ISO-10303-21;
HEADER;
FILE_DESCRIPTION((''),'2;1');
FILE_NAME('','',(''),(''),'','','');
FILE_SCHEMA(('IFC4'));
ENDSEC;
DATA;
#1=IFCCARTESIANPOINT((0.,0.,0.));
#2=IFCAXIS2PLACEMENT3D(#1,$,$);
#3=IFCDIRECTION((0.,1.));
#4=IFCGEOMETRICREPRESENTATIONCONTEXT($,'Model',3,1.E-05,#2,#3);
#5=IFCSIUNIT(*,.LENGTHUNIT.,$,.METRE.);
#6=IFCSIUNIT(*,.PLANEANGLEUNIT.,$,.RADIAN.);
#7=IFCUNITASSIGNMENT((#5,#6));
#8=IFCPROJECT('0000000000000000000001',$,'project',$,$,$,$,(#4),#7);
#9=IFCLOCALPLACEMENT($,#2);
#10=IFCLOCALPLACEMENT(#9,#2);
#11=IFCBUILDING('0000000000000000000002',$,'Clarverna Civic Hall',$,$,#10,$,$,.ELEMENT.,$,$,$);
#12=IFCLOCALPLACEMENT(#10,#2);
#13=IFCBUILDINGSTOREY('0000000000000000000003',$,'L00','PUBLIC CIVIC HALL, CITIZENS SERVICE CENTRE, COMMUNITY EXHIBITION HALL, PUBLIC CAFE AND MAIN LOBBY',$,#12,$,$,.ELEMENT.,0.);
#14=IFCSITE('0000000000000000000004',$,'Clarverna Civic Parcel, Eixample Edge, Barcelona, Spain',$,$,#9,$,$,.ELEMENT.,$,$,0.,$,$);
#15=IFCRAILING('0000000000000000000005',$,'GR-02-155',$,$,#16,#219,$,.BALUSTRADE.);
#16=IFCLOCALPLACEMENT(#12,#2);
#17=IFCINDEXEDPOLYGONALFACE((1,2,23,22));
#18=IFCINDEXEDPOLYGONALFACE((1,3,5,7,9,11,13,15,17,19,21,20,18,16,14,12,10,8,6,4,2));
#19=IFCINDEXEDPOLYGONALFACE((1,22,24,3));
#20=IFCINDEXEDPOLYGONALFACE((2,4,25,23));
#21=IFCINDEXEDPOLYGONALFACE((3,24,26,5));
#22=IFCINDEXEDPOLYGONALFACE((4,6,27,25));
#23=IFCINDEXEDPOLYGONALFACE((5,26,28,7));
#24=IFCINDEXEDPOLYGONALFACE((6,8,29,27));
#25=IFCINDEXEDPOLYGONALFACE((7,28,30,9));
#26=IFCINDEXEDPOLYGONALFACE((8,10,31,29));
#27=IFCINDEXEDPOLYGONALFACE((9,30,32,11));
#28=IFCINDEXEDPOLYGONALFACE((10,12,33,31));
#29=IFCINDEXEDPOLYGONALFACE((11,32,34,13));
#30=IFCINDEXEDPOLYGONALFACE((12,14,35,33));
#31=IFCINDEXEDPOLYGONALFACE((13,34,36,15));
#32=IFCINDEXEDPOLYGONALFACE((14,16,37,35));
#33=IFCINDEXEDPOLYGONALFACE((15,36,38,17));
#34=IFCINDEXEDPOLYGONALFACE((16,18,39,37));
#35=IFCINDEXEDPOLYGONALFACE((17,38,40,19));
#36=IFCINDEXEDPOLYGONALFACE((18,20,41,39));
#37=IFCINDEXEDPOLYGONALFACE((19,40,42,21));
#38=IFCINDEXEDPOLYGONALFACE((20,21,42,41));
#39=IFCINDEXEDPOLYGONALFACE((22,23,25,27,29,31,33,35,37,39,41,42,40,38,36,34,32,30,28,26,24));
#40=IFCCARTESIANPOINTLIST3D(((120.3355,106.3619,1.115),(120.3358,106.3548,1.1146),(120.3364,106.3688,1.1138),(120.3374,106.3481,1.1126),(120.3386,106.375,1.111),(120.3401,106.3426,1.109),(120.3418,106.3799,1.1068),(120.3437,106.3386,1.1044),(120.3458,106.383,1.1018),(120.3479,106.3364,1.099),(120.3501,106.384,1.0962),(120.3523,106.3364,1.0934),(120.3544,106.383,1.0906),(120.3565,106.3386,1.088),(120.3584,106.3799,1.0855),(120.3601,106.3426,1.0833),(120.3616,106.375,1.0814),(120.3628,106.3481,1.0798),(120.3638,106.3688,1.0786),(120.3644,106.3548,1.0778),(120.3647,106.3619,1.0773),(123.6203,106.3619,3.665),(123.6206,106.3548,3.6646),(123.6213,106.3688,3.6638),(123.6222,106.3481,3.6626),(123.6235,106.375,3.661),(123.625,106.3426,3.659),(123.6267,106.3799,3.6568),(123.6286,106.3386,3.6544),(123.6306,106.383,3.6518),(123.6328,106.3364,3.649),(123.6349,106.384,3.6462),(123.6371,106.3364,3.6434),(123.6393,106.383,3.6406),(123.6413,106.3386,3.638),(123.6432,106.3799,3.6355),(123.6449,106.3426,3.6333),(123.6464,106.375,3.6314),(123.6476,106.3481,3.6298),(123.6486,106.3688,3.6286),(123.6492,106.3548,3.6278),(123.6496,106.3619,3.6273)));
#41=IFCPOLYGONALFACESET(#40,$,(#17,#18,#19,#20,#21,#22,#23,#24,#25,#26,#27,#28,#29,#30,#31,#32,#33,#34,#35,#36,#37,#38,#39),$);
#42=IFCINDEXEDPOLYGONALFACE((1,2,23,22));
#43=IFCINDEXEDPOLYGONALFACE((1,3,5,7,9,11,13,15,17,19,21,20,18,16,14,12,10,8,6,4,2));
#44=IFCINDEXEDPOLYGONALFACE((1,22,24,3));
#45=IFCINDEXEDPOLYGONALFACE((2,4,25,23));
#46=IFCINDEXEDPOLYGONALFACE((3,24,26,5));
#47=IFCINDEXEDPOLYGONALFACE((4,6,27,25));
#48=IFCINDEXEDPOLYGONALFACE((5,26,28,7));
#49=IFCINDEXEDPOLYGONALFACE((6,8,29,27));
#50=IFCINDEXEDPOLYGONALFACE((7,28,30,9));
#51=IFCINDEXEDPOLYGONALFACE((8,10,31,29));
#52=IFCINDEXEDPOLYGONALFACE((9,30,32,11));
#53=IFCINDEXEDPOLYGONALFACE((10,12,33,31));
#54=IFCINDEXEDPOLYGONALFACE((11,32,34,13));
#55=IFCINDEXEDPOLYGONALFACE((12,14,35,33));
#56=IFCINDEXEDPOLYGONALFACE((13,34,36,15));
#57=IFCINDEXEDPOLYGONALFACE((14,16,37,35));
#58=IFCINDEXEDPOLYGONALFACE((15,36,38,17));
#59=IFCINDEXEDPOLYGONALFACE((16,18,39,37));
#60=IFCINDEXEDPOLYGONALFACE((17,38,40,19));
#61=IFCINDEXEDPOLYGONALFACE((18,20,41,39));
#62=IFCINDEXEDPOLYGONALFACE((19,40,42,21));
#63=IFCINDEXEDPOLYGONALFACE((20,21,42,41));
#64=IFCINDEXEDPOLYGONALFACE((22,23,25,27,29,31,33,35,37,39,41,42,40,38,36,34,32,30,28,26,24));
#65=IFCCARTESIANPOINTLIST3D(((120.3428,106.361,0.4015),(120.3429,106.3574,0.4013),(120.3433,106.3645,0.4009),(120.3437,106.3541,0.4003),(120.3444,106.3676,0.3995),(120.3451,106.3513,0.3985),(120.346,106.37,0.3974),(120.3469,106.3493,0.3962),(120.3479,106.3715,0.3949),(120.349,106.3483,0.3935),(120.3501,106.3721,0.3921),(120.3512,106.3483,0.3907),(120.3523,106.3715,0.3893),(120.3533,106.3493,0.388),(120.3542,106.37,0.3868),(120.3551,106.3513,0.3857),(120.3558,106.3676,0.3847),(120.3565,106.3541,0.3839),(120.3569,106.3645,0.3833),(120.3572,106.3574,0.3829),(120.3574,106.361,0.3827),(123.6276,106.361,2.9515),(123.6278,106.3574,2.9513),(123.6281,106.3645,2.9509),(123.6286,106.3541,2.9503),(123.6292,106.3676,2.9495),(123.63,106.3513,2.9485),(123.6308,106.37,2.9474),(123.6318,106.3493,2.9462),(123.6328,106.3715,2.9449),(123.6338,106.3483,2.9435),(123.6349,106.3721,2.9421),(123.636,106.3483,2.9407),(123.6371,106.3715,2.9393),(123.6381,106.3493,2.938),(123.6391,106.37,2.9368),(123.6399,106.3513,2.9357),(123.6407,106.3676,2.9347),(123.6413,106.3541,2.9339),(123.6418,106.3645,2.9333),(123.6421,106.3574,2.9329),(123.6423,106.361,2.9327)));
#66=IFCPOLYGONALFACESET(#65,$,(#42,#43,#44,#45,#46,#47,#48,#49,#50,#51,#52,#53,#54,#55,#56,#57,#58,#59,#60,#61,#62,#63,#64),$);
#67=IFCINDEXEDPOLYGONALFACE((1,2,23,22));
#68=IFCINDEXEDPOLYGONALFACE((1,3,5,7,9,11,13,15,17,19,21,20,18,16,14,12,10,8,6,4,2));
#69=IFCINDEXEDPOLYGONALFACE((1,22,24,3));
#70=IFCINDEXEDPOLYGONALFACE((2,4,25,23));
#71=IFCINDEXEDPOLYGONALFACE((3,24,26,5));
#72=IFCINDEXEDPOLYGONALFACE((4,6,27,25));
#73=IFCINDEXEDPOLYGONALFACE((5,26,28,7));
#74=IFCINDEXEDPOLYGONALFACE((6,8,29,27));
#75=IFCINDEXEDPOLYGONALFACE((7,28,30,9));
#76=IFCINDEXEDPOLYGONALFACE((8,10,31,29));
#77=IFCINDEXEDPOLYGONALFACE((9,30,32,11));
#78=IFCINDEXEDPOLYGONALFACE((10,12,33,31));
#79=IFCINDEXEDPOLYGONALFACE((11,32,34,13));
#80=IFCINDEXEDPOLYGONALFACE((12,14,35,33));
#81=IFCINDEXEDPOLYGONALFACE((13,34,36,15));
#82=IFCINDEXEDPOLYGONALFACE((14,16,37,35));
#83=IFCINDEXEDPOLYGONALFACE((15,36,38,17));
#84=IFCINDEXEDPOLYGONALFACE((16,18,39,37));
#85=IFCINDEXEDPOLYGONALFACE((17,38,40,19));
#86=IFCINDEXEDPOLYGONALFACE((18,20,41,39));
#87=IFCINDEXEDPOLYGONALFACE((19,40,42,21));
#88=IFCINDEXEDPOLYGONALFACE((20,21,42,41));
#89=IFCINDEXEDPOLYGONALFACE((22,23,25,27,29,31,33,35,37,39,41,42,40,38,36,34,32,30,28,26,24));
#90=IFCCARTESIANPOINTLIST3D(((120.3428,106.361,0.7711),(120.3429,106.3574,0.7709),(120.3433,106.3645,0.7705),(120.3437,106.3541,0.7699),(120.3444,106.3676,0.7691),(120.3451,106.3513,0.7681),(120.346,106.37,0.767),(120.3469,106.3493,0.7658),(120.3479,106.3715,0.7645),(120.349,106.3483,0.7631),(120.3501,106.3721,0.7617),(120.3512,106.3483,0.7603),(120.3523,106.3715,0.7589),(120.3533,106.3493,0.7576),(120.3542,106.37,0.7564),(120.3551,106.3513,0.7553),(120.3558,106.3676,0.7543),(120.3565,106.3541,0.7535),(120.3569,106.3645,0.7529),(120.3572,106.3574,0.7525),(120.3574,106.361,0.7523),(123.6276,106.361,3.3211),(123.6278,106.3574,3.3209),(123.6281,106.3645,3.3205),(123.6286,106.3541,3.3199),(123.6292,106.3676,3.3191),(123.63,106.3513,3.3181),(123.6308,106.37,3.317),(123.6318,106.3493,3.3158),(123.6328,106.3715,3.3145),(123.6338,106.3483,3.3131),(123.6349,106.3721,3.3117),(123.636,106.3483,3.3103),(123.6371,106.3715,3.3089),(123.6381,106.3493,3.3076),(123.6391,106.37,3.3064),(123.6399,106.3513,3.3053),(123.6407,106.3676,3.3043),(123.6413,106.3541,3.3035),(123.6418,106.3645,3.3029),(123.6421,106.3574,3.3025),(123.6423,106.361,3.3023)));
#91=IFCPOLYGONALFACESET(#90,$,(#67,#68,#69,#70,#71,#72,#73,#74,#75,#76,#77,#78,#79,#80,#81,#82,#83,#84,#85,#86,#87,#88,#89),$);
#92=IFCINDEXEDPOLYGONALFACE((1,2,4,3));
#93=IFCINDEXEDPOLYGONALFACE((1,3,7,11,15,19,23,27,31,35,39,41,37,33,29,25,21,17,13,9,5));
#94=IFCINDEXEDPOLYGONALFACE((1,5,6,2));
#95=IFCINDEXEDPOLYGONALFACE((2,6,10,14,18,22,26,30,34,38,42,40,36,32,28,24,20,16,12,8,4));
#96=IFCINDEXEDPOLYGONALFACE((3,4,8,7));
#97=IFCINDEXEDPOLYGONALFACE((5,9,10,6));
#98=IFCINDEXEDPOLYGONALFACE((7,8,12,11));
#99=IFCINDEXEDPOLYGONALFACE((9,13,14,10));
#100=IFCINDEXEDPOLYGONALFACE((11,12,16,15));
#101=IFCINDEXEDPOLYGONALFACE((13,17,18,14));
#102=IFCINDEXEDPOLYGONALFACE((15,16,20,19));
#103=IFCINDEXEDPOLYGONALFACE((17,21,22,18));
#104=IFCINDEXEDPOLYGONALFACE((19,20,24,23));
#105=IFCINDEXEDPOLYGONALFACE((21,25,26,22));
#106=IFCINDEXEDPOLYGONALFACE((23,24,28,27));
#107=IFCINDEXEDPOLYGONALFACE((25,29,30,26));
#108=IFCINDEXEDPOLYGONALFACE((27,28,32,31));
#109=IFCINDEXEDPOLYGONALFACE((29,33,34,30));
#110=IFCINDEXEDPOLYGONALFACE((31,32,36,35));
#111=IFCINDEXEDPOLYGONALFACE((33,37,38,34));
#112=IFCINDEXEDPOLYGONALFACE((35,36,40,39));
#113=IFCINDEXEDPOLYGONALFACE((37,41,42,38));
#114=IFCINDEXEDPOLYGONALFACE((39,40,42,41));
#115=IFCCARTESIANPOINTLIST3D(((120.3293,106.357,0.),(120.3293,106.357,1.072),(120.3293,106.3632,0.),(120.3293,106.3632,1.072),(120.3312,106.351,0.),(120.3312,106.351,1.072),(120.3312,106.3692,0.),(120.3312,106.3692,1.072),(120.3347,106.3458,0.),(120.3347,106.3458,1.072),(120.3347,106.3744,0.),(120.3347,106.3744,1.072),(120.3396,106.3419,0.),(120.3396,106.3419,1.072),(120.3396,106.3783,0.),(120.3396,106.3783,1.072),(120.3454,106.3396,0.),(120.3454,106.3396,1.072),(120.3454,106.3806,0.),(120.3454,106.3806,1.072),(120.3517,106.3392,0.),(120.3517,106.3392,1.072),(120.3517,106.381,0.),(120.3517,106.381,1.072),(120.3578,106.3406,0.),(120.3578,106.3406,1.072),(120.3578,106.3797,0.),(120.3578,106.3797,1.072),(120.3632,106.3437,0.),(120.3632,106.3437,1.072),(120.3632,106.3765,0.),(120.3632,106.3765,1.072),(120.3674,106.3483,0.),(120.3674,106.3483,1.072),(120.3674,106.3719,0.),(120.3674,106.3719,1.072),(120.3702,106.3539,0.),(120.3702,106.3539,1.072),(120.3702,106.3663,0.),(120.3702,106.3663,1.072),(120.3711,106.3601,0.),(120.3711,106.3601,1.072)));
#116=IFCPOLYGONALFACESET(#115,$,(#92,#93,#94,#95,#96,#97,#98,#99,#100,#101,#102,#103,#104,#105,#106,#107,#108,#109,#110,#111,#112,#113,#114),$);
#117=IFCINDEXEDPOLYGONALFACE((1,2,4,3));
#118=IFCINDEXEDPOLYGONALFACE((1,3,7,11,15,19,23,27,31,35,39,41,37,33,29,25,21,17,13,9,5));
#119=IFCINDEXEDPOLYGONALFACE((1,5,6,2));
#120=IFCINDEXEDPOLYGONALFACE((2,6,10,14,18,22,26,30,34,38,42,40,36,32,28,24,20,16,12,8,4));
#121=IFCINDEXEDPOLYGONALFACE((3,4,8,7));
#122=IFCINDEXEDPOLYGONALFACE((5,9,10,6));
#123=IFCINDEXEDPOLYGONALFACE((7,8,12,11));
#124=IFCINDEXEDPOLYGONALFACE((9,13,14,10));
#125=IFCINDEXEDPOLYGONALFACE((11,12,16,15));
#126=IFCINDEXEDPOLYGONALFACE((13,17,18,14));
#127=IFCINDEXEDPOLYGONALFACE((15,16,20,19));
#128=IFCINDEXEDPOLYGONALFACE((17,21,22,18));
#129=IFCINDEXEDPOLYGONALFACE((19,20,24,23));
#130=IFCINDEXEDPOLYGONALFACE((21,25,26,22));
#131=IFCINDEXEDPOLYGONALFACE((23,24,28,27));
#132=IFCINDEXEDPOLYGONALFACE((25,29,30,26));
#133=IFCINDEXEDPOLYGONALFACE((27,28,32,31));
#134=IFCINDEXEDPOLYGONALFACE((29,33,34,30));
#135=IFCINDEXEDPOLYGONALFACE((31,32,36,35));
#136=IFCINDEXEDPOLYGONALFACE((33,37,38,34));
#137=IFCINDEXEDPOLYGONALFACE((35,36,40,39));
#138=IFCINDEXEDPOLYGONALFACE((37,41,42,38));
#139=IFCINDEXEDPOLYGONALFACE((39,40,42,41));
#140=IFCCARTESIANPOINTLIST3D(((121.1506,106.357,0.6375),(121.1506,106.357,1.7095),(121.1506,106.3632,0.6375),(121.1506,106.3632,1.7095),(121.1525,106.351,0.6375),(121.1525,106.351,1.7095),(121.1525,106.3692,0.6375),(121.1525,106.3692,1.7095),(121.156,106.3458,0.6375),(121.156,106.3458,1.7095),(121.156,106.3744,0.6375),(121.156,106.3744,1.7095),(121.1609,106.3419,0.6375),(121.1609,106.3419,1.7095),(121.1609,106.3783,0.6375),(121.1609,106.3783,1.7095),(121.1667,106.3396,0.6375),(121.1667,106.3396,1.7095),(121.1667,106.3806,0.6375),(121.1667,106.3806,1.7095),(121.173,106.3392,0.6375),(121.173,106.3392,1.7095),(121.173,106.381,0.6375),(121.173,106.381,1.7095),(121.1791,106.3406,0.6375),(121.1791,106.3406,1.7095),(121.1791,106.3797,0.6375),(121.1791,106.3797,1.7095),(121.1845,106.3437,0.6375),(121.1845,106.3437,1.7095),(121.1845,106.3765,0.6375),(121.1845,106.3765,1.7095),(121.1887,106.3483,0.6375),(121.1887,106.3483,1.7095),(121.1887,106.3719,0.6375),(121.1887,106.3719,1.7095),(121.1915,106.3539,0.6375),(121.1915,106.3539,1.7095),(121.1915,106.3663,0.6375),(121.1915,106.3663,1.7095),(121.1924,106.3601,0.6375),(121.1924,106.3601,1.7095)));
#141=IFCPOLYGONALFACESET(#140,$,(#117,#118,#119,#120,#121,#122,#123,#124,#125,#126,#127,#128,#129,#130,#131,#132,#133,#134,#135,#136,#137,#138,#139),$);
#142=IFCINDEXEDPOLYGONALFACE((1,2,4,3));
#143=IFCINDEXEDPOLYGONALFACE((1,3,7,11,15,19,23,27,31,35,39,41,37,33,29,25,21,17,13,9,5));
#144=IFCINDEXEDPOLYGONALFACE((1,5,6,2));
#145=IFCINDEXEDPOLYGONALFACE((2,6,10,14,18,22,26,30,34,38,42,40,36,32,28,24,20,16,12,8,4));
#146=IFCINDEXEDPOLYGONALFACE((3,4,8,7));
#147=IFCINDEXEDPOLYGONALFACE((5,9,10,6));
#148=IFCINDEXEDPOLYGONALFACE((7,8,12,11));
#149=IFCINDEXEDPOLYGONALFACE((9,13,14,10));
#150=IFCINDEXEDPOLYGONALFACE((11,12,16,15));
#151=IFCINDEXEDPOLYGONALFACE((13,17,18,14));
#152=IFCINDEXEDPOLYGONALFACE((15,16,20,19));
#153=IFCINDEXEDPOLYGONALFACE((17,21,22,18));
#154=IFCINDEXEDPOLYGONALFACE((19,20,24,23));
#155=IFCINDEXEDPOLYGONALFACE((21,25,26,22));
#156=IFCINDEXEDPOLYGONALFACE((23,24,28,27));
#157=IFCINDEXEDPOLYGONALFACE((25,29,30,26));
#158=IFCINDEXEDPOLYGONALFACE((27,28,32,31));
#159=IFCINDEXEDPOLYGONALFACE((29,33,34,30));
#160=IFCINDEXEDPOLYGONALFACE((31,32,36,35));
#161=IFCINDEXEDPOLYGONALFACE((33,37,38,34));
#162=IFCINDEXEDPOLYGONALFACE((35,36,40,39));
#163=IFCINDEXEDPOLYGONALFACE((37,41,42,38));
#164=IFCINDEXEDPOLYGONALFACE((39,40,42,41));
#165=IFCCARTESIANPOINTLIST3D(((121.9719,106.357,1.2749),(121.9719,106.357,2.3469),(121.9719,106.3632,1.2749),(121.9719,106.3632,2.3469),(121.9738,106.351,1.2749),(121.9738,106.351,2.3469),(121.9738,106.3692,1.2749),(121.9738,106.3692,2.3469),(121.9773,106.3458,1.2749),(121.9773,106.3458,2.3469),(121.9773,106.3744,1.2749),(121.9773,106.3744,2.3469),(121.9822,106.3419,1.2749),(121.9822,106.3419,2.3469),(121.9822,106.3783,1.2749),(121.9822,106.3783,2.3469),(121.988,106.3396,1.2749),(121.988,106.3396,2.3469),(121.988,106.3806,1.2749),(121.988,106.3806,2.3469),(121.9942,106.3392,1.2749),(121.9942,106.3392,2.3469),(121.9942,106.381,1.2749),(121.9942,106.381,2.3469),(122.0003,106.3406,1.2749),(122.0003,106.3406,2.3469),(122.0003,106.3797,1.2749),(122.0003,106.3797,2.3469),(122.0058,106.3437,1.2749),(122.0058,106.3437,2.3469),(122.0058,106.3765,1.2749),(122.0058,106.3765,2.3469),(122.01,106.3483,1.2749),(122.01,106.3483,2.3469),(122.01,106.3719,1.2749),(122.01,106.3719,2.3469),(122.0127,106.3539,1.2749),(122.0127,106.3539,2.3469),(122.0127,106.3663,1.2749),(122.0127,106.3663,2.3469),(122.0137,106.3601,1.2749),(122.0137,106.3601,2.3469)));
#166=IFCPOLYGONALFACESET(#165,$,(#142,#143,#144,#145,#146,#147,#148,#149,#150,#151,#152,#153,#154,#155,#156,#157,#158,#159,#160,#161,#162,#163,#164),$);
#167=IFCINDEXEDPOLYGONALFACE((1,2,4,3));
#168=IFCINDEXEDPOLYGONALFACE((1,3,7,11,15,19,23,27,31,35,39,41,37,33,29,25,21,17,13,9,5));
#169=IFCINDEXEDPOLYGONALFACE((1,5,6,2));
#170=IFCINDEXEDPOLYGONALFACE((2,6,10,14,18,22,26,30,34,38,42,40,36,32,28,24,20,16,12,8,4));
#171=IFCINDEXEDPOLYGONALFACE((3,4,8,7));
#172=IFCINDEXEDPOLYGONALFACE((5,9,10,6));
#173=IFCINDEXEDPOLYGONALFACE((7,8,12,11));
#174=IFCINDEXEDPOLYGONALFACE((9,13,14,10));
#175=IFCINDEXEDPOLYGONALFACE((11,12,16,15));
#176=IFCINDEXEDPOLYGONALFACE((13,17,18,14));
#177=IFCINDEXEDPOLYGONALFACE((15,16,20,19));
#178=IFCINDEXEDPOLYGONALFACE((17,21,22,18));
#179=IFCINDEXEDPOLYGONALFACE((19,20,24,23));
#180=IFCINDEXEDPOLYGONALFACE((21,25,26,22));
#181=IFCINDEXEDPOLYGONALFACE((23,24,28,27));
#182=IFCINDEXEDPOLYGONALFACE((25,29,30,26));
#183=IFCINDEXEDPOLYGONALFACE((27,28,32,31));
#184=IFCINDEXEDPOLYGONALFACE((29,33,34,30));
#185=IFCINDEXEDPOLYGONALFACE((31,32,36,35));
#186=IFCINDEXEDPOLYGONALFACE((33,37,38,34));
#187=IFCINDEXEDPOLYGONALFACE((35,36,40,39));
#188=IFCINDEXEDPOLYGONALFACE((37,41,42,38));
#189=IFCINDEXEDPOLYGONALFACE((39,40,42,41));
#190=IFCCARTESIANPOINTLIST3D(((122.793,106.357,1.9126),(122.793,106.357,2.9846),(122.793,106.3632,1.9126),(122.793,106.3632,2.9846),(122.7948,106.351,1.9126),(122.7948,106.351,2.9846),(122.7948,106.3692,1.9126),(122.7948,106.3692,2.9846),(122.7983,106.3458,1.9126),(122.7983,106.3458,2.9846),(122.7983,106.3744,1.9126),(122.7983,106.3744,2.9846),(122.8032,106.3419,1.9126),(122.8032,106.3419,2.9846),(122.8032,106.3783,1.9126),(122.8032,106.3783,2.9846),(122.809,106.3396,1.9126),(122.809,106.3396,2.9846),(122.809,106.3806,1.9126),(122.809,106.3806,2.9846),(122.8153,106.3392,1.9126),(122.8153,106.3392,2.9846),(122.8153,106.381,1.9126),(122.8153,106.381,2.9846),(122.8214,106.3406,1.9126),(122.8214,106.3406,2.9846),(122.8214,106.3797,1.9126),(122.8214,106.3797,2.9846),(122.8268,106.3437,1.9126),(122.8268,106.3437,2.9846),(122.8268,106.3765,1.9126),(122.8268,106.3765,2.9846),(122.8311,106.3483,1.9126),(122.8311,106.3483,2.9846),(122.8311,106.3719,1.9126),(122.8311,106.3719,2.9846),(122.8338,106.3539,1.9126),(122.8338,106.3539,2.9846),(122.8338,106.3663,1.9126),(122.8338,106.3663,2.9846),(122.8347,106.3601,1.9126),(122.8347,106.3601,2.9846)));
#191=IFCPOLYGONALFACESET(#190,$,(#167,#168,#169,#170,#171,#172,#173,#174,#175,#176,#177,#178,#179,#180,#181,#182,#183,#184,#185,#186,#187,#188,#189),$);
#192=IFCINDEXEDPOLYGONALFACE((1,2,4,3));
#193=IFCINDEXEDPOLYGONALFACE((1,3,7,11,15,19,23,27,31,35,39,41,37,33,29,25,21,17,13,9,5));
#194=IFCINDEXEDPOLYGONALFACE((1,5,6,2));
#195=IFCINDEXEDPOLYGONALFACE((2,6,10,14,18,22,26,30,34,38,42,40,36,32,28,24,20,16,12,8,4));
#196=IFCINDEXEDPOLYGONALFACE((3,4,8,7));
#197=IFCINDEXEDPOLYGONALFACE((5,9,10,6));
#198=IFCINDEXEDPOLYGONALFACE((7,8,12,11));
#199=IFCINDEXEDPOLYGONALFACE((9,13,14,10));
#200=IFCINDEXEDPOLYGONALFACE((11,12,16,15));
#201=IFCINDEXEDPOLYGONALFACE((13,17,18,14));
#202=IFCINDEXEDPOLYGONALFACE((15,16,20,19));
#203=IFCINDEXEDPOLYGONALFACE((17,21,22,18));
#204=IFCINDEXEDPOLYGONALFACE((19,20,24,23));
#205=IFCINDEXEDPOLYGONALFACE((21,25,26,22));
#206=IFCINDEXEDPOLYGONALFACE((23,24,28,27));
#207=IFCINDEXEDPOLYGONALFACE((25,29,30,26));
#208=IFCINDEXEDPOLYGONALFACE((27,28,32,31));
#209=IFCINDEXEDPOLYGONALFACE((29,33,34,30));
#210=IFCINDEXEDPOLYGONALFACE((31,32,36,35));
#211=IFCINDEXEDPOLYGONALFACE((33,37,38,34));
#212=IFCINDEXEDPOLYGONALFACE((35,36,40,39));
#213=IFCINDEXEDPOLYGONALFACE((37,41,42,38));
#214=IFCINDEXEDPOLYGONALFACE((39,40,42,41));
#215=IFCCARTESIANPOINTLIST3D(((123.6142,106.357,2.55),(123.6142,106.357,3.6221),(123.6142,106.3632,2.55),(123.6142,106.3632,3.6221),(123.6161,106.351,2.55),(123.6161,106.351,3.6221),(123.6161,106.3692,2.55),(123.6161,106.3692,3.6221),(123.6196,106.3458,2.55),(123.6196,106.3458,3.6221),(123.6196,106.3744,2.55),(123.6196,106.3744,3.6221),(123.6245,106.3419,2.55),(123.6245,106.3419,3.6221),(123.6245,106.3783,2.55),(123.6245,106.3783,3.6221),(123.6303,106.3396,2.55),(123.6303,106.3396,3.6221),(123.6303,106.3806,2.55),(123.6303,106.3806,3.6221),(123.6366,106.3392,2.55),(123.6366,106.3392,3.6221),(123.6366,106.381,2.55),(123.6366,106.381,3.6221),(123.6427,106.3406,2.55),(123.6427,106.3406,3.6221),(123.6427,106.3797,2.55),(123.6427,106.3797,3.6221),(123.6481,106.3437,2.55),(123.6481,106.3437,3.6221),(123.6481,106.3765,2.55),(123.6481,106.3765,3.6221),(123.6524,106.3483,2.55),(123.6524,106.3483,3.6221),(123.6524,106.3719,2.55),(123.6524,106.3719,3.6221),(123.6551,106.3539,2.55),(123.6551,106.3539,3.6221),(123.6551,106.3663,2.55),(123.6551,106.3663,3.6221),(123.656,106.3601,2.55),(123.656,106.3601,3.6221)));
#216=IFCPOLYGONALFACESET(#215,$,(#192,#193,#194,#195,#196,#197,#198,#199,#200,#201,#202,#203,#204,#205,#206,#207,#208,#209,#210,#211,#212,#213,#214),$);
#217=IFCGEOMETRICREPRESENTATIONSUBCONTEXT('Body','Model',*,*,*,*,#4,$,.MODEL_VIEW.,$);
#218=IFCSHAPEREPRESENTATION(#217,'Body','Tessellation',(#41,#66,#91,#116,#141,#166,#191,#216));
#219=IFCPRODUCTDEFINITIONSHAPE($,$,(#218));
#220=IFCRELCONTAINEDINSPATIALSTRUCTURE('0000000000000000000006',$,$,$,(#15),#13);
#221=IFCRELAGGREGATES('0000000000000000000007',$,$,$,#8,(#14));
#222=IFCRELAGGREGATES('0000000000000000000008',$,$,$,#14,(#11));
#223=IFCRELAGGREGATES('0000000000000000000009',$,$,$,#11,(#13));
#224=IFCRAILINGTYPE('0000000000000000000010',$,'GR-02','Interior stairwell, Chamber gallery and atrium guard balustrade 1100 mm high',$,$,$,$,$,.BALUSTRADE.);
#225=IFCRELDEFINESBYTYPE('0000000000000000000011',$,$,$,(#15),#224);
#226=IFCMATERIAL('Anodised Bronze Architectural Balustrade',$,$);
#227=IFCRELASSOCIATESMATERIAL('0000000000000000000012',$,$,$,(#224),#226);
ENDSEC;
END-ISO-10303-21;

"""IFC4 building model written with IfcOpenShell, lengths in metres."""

from ifc_helpers import new_model, si_unit, direction, frame, origin, origin_2d, place, context, subcontext, project, spatial, circle, extrude, material, type_object, element, save


model = new_model("IFC4")

# Units and contexts
model_context = context("Model", 3, precision=1e-05, world=origin(), true_north=direction((0.0, 1.0)))
body_context = subcontext(model_context, "Body", "Model", "MODEL_VIEW")
ifc_project = project(units=[si_unit("LENGTHUNIT", "METRE"), si_unit("PLANEANGLEUNIT", "RADIAN")], contexts=[model_context])

# Site, building, storey
site_placement = place(None, origin())
site = spatial("IfcSite", under=ifc_project, at=site_placement, Name="Clarverna Civic Parcel, Eixample Edge, Barcelona, Spain", CompositionType="ELEMENT", RefElevation=0.0)
building_placement = place(site_placement, origin())
building = spatial("IfcBuilding", under=site, at=building_placement, Name="Clarverna Civic Hall", CompositionType="ELEMENT")
storey_placement = place(building_placement, origin())
storey = spatial("IfcBuildingStorey", under=building, at=storey_placement, Name="L00", Description="PUBLIC CIVIC HALL, CITIZENS SERVICE CENTRE, COMMUNITY EXHIBITION HALL, PUBLIC CAFE AND MAIN LOBBY", CompositionType="ELEMENT", Elevation=0.0)

# Railing
ifc_material_1 = material(Name="Anodised Bronze Architectural Balustrade")
railing_type_1 = type_object("IfcRailingType", Name="GR-02", Description="Interior stairwell, Chamber gallery and atrium guard balustrade 1100 mm high", PredefinedType="BALUSTRADE", material=ifc_material_1)
railing_1_placement = place(storey_placement, frame((120.3501, 106.3601, 0.0)))
element("IfcRailing", 1, at=railing_1_placement, inside=storey, type_object=railing_type_1, Name="GR-02-155", PredefinedType="BALUSTRADE", context=body_context, shape_type="SweptSolid", body=[
    extrude(circle(Radius=0.0239, at=origin_2d()), frame((0.0, 0.0, 1.0962), z_axis=(0.789921, 0.0, 0.613209), x_axis=(0.0, 1.0, 0.0)), (0.0, 0.0, 1.0), 4.1584),
    extrude(circle(Radius=0.012, at=origin_2d()), frame((0.0, 0.0, 0.3921), z_axis=(0.789921, 0.0, 0.613209), x_axis=(0.0, 1.0, 0.0)), (0.0, 0.0, 1.0), 4.1584),
    extrude(circle(Radius=0.012, at=origin_2d()), frame((0.0, 0.0, 0.7617), z_axis=(0.789921, 0.0, 0.613209), x_axis=(0.0, 1.0, 0.0)), (0.0, 0.0, 1.0), 4.1584),
    extrude(circle(Radius=0.021, at=origin_2d()), origin(), (0.0, 0.0, 1.0), 1.072),
    extrude(circle(Radius=0.021, at=origin_2d()), frame((0.8213, 0.0, 0.6375)), (0.0, 0.0, 1.0), 1.072),
    extrude(circle(Radius=0.021, at=origin_2d()), frame((1.6426, 0.0, 1.2749)), (0.0, 0.0, 1.0), 1.072),
    extrude(circle(Radius=0.021, at=origin_2d()), frame((2.4636, 0.0, 1.9126)), (0.0, 0.0, 1.0), 1.072),
    extrude(circle(Radius=0.021, at=origin_2d()), frame((3.2849, 0.0, 2.55)), (0.0, 0.0, 1.0), 1.072),
])

save(model, "model.ifc")
